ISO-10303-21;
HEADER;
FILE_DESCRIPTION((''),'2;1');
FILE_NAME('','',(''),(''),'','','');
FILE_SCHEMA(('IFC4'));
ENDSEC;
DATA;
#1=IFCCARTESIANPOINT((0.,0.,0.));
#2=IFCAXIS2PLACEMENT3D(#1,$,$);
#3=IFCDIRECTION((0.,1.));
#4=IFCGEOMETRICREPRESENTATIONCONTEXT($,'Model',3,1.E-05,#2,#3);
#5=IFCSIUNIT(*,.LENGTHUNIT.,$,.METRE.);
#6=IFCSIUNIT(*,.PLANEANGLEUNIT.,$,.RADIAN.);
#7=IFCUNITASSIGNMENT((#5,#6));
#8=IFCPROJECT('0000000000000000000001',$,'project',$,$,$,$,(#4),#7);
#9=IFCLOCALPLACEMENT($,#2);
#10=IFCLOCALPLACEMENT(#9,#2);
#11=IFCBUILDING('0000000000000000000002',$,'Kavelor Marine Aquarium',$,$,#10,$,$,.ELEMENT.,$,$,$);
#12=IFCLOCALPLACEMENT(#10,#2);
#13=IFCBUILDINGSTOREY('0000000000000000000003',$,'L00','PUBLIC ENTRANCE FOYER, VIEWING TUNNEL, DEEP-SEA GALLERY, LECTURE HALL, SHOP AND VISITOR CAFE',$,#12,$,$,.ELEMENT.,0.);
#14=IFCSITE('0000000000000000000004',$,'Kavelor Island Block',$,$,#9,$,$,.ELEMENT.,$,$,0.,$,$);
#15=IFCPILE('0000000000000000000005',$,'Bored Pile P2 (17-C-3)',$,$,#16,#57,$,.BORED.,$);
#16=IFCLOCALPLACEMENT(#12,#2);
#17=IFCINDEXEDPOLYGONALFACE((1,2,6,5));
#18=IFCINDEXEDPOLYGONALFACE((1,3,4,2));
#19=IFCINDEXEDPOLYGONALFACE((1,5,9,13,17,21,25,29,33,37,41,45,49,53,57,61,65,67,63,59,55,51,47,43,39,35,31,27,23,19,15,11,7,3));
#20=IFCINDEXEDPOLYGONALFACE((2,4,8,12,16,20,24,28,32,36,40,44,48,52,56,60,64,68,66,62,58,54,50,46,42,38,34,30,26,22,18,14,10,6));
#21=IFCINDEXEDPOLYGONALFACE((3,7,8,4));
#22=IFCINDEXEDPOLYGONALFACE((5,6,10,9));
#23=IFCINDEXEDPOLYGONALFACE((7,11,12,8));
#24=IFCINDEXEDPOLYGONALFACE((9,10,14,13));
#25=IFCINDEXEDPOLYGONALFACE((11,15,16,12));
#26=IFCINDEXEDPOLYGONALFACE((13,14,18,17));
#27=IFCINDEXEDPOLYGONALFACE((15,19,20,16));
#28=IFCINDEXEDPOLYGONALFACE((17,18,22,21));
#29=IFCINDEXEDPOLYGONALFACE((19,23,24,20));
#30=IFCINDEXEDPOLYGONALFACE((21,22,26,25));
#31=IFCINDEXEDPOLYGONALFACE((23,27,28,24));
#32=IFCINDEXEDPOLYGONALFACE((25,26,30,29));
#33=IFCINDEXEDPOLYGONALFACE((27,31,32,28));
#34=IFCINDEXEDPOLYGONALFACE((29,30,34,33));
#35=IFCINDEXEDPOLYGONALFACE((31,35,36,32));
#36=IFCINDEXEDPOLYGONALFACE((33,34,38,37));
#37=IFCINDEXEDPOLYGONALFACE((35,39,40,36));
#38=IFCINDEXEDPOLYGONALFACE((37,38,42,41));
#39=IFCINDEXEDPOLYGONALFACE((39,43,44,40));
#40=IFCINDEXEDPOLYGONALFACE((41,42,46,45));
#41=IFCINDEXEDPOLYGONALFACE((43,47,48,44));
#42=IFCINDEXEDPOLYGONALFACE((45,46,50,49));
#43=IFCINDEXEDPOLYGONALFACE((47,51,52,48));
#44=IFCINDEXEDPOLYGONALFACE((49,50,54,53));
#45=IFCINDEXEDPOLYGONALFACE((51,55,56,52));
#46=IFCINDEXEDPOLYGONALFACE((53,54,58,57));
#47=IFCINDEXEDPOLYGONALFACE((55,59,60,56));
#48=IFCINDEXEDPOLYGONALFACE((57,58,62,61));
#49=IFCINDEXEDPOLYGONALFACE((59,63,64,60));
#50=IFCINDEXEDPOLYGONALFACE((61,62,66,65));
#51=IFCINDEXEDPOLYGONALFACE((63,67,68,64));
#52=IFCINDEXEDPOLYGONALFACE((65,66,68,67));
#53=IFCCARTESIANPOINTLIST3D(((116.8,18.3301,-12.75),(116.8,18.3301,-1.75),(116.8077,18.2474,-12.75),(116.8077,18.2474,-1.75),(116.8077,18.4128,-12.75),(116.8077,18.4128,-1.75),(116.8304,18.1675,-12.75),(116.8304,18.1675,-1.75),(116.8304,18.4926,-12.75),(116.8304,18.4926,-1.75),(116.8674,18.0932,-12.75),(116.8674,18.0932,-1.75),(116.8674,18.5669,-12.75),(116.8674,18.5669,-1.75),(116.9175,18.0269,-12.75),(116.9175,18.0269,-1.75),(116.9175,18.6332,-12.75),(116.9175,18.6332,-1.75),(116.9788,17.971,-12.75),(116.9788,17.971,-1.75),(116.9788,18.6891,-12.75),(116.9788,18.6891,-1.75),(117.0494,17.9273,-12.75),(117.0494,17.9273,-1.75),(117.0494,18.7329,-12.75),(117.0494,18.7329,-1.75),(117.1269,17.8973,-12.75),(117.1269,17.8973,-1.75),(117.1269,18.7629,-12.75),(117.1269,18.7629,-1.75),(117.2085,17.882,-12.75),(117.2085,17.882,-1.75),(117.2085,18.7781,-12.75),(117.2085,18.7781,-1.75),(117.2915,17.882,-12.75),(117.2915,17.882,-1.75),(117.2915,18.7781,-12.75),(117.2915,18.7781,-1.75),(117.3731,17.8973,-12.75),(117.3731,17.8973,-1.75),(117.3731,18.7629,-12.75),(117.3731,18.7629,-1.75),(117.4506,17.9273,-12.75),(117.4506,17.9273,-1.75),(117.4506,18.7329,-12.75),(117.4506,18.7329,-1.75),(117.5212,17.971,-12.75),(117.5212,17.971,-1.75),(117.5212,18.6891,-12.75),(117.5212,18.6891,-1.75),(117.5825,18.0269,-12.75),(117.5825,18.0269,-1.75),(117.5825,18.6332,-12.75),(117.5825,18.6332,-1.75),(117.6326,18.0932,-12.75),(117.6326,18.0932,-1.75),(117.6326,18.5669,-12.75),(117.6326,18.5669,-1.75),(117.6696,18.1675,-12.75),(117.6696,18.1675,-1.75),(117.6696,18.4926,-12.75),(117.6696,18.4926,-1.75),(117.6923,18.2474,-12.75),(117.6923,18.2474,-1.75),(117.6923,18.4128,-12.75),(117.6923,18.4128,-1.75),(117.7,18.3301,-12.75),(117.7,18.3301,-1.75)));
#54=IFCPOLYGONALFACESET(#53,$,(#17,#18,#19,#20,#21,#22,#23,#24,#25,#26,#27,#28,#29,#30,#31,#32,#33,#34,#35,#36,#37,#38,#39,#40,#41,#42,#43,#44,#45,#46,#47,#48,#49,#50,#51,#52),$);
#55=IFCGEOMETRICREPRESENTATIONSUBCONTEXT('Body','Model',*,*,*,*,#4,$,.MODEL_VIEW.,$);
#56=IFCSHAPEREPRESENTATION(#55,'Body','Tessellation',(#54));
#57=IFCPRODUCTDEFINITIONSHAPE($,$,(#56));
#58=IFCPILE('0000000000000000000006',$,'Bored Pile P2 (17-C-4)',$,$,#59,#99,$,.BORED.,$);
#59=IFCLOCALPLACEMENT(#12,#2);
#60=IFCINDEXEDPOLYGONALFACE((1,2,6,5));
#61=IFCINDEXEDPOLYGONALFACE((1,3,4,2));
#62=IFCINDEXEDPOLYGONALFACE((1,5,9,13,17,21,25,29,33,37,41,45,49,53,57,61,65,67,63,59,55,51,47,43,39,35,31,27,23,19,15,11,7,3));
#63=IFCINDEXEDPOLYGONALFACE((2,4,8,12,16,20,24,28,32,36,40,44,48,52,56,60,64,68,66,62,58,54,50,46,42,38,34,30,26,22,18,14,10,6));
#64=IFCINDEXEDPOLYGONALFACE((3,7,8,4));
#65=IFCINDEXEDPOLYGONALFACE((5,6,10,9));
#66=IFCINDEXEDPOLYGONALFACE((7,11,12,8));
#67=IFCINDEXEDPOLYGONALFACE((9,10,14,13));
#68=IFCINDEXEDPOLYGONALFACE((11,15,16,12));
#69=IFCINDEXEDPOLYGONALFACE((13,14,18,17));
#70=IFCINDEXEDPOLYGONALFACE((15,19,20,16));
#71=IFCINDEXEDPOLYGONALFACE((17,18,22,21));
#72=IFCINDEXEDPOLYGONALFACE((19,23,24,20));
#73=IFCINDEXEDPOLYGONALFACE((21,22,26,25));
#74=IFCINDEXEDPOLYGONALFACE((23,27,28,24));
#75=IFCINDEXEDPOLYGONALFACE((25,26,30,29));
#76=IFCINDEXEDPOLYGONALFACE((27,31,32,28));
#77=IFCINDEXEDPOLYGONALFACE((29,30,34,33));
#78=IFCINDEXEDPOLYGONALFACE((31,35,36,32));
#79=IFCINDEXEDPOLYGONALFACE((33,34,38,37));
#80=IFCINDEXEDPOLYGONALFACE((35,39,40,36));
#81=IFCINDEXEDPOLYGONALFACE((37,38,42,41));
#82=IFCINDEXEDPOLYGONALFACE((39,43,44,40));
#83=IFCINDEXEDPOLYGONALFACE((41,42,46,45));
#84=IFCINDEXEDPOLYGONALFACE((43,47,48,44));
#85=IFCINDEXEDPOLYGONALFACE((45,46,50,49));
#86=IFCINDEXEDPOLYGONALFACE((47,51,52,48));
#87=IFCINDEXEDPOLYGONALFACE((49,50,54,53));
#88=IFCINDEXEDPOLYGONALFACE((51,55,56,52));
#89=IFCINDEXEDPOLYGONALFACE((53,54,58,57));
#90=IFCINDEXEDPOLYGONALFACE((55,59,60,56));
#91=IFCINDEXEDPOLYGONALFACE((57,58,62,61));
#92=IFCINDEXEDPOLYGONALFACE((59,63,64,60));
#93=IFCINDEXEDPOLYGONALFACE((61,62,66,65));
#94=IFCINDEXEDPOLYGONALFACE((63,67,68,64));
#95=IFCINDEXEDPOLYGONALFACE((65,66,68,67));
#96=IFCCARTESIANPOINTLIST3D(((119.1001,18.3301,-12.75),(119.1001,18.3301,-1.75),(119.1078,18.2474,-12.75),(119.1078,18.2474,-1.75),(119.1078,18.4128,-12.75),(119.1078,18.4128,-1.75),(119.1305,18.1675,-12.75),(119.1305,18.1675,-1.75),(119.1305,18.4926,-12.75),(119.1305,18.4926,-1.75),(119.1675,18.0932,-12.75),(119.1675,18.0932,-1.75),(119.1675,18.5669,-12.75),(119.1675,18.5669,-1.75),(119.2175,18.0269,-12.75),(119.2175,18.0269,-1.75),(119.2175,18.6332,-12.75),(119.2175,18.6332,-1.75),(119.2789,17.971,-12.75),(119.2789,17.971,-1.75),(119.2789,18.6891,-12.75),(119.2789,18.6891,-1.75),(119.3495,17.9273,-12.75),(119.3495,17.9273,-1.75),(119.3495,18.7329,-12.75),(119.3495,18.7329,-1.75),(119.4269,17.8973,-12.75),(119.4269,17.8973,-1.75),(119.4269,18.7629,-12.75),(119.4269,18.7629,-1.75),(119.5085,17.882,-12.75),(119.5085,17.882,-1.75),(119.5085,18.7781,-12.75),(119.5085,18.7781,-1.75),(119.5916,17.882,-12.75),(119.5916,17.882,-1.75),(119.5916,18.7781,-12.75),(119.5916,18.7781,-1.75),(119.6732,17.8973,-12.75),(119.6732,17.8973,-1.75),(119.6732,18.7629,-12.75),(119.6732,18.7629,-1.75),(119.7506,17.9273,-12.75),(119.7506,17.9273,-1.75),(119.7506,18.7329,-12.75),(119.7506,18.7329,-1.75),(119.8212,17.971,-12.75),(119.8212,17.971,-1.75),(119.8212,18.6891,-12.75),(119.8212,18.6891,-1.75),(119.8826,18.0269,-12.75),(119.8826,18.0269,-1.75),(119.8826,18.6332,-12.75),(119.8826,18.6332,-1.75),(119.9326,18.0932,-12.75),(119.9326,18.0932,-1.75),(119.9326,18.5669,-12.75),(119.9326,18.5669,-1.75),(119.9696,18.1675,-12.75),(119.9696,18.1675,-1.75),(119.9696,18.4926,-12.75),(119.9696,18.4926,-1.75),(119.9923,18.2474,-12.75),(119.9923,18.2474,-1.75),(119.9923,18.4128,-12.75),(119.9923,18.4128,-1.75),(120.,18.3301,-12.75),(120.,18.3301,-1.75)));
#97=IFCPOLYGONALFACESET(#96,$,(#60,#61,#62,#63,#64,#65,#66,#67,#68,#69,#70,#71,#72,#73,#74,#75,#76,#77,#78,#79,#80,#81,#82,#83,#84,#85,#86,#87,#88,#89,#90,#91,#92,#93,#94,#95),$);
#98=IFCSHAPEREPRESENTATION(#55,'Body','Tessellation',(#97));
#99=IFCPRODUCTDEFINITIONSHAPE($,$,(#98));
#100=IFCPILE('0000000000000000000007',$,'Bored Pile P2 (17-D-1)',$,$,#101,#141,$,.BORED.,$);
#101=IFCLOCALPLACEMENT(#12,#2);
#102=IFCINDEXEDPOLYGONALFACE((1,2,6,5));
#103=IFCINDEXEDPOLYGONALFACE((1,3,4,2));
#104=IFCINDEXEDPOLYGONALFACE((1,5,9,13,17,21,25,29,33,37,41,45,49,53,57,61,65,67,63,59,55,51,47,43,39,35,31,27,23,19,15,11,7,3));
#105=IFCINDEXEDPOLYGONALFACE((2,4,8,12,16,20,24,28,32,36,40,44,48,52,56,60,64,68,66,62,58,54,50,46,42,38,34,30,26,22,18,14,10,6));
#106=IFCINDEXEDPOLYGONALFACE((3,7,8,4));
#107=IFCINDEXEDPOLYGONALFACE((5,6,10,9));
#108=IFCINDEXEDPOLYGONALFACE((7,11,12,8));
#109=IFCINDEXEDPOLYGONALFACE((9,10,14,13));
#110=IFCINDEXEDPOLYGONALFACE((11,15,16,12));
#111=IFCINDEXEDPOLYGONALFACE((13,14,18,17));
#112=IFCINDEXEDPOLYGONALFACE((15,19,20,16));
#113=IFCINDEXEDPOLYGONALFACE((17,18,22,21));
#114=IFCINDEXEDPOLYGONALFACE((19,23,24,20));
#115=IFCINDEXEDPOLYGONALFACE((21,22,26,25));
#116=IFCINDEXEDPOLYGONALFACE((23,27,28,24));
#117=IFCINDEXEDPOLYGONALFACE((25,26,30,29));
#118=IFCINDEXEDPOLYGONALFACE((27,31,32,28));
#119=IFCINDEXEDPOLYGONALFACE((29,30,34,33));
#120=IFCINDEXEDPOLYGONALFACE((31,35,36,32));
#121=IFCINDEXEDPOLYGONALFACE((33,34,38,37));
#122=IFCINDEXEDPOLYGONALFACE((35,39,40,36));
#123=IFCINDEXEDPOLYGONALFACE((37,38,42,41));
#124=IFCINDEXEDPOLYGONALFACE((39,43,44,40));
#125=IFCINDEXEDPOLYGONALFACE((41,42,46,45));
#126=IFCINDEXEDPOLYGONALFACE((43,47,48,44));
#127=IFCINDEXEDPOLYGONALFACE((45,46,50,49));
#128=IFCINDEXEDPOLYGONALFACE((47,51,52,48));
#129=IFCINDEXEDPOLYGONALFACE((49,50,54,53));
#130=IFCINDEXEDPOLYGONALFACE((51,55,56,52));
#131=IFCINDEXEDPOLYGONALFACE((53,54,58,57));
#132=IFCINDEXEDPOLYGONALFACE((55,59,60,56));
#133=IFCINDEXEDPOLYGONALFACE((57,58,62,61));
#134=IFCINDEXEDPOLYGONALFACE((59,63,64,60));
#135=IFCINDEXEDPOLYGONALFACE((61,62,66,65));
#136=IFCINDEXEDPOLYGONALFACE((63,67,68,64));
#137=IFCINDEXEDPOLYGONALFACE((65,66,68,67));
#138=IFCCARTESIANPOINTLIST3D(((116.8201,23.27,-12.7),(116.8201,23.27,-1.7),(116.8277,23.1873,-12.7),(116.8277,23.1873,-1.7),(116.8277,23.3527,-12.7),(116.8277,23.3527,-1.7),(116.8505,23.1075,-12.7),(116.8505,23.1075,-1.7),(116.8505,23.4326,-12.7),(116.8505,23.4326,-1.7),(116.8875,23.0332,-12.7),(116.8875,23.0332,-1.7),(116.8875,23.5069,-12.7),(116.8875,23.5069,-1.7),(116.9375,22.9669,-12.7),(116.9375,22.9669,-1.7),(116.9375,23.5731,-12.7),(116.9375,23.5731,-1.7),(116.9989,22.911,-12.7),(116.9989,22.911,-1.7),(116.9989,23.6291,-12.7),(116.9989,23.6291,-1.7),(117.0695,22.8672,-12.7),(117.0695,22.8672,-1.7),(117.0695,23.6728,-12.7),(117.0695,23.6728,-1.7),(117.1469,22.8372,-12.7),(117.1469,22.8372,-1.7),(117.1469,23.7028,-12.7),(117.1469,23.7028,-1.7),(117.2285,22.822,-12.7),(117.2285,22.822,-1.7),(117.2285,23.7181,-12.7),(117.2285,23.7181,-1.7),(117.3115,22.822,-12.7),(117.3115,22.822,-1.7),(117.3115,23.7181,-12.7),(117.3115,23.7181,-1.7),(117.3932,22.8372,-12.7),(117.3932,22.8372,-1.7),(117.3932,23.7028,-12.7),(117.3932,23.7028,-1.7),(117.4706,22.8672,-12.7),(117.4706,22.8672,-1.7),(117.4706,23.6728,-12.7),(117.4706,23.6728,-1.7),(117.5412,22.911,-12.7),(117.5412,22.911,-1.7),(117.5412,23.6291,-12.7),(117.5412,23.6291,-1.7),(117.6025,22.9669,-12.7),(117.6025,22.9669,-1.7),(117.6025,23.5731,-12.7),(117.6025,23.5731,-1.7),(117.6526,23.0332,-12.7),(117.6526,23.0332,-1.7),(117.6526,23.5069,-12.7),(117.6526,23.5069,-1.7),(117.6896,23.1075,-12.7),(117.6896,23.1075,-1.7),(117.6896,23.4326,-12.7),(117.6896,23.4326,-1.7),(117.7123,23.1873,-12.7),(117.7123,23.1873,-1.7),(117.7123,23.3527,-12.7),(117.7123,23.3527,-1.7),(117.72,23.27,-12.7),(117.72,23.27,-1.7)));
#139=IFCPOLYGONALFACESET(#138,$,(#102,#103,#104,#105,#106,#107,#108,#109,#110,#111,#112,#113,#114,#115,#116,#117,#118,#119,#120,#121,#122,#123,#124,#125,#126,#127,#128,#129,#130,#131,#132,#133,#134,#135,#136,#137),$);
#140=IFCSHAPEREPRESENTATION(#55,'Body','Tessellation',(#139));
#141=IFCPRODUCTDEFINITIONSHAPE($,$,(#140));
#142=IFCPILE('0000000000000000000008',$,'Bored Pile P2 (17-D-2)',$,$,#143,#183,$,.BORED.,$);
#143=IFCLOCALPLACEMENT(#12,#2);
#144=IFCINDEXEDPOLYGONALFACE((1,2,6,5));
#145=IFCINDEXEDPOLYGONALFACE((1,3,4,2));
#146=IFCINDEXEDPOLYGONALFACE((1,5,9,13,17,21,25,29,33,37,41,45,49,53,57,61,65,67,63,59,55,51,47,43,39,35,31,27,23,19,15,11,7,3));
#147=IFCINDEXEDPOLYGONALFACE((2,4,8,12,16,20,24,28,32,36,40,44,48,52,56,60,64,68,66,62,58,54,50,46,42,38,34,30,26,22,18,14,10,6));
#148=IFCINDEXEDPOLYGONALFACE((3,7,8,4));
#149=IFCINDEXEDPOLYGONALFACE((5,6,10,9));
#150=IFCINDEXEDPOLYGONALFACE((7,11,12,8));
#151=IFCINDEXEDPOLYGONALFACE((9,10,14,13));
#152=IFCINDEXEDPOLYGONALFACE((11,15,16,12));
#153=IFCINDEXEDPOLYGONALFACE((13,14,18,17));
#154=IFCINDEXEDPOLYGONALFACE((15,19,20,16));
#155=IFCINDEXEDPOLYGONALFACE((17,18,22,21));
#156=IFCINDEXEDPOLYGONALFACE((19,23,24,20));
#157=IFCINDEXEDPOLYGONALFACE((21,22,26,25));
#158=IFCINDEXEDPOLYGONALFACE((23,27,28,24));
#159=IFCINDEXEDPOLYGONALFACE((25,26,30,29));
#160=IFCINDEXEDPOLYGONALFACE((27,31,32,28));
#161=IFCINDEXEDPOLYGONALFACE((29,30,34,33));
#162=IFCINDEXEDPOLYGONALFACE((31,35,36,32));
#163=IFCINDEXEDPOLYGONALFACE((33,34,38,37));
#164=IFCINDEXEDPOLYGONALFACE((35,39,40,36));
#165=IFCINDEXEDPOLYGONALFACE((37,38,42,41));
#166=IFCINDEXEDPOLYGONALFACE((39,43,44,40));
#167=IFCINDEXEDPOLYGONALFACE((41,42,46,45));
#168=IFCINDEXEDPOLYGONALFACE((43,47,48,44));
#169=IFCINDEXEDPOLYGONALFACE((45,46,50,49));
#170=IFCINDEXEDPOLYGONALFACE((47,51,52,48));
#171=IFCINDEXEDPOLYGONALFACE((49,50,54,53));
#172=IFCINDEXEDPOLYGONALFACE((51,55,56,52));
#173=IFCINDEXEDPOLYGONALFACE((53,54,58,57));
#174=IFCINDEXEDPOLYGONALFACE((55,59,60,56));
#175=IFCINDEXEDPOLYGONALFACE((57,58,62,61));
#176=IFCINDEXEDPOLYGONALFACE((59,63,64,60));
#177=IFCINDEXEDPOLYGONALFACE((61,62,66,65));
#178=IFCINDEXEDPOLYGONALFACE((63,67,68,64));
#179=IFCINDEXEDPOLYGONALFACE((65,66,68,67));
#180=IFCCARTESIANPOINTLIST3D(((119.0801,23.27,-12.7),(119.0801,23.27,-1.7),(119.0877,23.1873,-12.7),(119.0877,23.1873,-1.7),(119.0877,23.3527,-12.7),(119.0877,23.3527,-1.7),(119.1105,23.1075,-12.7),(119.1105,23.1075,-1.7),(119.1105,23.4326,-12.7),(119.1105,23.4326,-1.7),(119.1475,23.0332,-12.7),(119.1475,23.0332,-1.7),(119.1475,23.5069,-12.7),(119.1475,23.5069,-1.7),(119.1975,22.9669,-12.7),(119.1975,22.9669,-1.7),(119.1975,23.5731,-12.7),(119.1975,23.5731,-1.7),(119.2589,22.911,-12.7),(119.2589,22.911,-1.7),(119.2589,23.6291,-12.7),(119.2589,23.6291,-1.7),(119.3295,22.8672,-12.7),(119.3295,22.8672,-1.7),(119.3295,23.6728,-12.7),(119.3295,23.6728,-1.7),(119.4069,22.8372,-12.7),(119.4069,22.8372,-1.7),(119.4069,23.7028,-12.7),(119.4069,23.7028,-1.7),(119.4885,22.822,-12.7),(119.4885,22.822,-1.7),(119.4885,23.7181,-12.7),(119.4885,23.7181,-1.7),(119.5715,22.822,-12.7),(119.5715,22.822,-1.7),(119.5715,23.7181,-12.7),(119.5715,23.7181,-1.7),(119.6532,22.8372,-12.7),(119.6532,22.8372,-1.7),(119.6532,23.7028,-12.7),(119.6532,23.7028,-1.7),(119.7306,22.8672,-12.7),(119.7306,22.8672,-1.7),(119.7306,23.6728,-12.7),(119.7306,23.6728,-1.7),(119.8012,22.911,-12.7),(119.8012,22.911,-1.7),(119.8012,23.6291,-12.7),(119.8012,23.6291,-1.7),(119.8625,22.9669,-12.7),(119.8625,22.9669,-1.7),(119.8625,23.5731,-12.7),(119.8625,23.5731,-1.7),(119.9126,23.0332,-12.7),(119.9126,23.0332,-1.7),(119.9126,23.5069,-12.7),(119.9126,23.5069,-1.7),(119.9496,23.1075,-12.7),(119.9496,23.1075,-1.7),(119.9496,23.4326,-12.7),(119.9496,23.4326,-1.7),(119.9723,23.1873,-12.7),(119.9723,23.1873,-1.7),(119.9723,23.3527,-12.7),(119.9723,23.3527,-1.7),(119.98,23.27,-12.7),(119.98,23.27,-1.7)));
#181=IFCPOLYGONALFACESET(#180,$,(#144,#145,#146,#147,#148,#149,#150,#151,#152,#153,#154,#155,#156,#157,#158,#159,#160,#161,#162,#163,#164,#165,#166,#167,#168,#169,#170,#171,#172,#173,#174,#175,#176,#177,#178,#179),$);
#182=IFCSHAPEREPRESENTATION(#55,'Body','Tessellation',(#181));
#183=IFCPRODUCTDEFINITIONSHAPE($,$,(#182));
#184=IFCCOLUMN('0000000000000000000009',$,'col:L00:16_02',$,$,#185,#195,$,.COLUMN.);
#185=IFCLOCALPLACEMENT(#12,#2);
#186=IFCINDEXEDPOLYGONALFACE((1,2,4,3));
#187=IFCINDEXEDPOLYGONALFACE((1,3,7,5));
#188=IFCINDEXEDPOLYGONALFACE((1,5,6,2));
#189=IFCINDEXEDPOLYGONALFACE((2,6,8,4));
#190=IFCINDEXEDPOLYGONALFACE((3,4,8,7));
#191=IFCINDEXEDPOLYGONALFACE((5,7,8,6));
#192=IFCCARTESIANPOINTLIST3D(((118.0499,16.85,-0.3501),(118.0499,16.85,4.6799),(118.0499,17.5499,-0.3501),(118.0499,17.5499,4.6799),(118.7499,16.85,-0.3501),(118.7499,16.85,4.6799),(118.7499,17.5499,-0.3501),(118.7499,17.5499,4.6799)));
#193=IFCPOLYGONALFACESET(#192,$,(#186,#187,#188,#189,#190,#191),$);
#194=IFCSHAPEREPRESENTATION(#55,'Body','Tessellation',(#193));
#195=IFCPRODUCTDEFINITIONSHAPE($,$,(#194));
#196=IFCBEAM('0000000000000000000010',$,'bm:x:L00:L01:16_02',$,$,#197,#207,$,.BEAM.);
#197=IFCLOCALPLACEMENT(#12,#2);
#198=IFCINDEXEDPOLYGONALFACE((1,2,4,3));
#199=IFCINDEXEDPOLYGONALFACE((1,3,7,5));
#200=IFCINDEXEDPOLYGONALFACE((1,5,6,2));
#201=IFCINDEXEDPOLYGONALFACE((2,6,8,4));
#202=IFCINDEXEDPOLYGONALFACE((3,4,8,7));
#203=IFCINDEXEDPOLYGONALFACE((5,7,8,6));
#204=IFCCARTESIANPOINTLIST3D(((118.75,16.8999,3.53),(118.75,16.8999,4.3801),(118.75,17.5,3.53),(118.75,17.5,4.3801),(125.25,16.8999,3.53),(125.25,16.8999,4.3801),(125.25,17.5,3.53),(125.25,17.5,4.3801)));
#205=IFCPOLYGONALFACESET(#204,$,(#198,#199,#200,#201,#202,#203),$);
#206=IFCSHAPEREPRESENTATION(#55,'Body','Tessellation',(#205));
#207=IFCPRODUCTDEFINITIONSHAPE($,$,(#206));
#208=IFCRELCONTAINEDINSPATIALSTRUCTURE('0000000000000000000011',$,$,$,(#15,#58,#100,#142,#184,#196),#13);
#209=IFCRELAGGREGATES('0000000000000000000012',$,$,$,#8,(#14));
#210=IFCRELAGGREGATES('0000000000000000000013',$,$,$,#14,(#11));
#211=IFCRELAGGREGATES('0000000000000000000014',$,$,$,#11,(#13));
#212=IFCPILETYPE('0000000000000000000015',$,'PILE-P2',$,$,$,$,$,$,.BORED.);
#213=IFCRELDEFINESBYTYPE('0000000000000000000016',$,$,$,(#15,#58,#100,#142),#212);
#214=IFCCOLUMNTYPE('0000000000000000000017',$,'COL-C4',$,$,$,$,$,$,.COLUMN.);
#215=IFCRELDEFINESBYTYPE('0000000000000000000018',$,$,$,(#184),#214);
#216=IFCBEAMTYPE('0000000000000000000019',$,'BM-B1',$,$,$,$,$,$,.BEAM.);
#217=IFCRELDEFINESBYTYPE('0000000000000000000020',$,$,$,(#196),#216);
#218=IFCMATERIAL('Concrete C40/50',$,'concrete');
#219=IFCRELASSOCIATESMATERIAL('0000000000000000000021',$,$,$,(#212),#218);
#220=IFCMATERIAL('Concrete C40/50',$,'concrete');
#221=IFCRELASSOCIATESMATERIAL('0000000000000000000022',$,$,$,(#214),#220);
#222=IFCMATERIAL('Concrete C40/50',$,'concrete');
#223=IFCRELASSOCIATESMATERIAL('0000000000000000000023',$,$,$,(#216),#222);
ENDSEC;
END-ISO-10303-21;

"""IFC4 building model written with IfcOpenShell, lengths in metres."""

from ifc_helpers import new_model, si_unit, direction, frame, origin, origin_2d, place, context, subcontext, project, spatial, rectangle, circle, extrude, material, material_profile, profile_set, type_object, element, save


model = new_model("IFC4")

# Units and contexts
model_context = context("Model", 3, precision=1e-05, world=origin(), true_north=direction((0.0, 1.0)))
body_context = subcontext(model_context, "Body", "Model", "MODEL_VIEW")
ifc_project = project(units=[si_unit("LENGTHUNIT", "METRE"), si_unit("PLANEANGLEUNIT", "RADIAN")], contexts=[model_context])

# Site, building, storey
site_placement = place(None, origin())
site = spatial("IfcSite", under=ifc_project, at=site_placement, Name="Kavelor Island Block", CompositionType="ELEMENT", RefElevation=0.0)
building_placement = place(site_placement, origin())
building = spatial("IfcBuilding", under=site, at=building_placement, Name="Kavelor Marine Aquarium", CompositionType="ELEMENT")
storey_placement = place(building_placement, origin())
storey = spatial("IfcBuildingStorey", under=building, at=storey_placement, Name="L00", Description="PUBLIC ENTRANCE FOYER, VIEWING TUNNEL, DEEP-SEA GALLERY, LECTURE HALL, SHOP AND VISITOR CAFE", CompositionType="ELEMENT", Elevation=0.0)

# Piles
ifc_material_1 = material(Name="Concrete C40/50", Category="concrete")
ifc_material_profile_1 = material_profile(ifc_material_1, circle(Radius=0.45, at=origin_2d()), Name="PILE D900")
ifc_profile_set_1 = profile_set([ifc_material_profile_1], Name="Concrete C40/50")
pile_type = type_object("IfcPileType", Name="PILE-P2", PredefinedType="BORED", material=ifc_profile_set_1)
for number, where, z_axis, x_axis, name in (
    (1, (117.25, 18.3301, -1.75), (0.0, 0.0, -1.0), (1.0, 0.0, 0.0), "Bored Pile P2 (17-C-3)"),
    (2, (119.55, 18.3301, -1.75), (0.0, 0.0, -1.0), (1.0, 0.0, 0.0), "Bored Pile P2 (17-C-4)"),
    (3, (117.27, 23.27, -1.7), (0.0, 0.0, -1.0), (1.0, 0.0, 0.0), "Bored Pile P2 (17-D-1)"),
    (4, (119.53, 23.27, -1.7), (0.0, 0.0, -1.0), (1.0, 0.0, 0.0), "Bored Pile P2 (17-D-2)"),
):
    element("IfcPile", number, at=place(storey_placement, frame(where, z_axis=z_axis, x_axis=x_axis)), inside=storey, type_object=pile_type, Name=name, PredefinedType="BORED", context=body_context, shape_type="SweptSolid", body=[
        extrude(circle(Radius=0.45, at=origin_2d()), origin(), (0.0, 0.0, 1.0), 11.0),
    ])

# Column
ifc_material_2 = material(Name="Concrete C40/50", Category="concrete")
ifc_material_profile_2 = material_profile(ifc_material_2, rectangle(XDim=0.7, YDim=0.7, at=origin_2d()), Name="RC-COL 700x700")
ifc_profile_set_2 = profile_set([ifc_material_profile_2], Name="Concrete C40/50")
column_type = type_object("IfcColumnType", Name="COL-C4", PredefinedType="COLUMN", material=ifc_profile_set_2)
column_placement = place(storey_placement, frame((118.3999, 17.2, -0.3501), z_axis=(0.0, 0.0, 1.0), x_axis=(1.0, 0.0, 0.0)))
element("IfcColumn", 5, at=column_placement, inside=storey, type_object=column_type, Name="col:L00:16_02", PredefinedType="COLUMN", context=body_context, shape_type="SweptSolid", body=[
    extrude(rectangle(XDim=0.7, YDim=0.7, at=origin_2d()), origin(), (0.0, 0.0, 1.0), 5.03),
])

# Beam
ifc_material_3 = material(Name="Concrete C40/50", Category="concrete")
ifc_material_profile_3 = material_profile(ifc_material_3, rectangle(XDim=0.6001, YDim=0.8501, at=origin_2d()), Name="RC-BM 600x850")
ifc_profile_set_3 = profile_set([ifc_material_profile_3], Name="Concrete C40/50")
beam_type_1 = type_object("IfcBeamType", Name="BM-B1", PredefinedType="BEAM", material=ifc_profile_set_3)
beam_1_placement = place(storey_placement, frame((118.75, 17.2, 3.9551), z_axis=(1.0, 0.0, 0.0), x_axis=(0.0, 1.0, 0.0)))
element("IfcBeam", 6, at=beam_1_placement, inside=storey, type_object=beam_type_1, Name="bm:x:L00:L01:16_02", PredefinedType="BEAM", context=body_context, shape_type="SweptSolid", body=[
    extrude(rectangle(XDim=0.6001, YDim=0.8501, at=origin_2d()), origin(), (0.0, 0.0, 1.0), 6.5),
])

save(model, "model.ifc")
